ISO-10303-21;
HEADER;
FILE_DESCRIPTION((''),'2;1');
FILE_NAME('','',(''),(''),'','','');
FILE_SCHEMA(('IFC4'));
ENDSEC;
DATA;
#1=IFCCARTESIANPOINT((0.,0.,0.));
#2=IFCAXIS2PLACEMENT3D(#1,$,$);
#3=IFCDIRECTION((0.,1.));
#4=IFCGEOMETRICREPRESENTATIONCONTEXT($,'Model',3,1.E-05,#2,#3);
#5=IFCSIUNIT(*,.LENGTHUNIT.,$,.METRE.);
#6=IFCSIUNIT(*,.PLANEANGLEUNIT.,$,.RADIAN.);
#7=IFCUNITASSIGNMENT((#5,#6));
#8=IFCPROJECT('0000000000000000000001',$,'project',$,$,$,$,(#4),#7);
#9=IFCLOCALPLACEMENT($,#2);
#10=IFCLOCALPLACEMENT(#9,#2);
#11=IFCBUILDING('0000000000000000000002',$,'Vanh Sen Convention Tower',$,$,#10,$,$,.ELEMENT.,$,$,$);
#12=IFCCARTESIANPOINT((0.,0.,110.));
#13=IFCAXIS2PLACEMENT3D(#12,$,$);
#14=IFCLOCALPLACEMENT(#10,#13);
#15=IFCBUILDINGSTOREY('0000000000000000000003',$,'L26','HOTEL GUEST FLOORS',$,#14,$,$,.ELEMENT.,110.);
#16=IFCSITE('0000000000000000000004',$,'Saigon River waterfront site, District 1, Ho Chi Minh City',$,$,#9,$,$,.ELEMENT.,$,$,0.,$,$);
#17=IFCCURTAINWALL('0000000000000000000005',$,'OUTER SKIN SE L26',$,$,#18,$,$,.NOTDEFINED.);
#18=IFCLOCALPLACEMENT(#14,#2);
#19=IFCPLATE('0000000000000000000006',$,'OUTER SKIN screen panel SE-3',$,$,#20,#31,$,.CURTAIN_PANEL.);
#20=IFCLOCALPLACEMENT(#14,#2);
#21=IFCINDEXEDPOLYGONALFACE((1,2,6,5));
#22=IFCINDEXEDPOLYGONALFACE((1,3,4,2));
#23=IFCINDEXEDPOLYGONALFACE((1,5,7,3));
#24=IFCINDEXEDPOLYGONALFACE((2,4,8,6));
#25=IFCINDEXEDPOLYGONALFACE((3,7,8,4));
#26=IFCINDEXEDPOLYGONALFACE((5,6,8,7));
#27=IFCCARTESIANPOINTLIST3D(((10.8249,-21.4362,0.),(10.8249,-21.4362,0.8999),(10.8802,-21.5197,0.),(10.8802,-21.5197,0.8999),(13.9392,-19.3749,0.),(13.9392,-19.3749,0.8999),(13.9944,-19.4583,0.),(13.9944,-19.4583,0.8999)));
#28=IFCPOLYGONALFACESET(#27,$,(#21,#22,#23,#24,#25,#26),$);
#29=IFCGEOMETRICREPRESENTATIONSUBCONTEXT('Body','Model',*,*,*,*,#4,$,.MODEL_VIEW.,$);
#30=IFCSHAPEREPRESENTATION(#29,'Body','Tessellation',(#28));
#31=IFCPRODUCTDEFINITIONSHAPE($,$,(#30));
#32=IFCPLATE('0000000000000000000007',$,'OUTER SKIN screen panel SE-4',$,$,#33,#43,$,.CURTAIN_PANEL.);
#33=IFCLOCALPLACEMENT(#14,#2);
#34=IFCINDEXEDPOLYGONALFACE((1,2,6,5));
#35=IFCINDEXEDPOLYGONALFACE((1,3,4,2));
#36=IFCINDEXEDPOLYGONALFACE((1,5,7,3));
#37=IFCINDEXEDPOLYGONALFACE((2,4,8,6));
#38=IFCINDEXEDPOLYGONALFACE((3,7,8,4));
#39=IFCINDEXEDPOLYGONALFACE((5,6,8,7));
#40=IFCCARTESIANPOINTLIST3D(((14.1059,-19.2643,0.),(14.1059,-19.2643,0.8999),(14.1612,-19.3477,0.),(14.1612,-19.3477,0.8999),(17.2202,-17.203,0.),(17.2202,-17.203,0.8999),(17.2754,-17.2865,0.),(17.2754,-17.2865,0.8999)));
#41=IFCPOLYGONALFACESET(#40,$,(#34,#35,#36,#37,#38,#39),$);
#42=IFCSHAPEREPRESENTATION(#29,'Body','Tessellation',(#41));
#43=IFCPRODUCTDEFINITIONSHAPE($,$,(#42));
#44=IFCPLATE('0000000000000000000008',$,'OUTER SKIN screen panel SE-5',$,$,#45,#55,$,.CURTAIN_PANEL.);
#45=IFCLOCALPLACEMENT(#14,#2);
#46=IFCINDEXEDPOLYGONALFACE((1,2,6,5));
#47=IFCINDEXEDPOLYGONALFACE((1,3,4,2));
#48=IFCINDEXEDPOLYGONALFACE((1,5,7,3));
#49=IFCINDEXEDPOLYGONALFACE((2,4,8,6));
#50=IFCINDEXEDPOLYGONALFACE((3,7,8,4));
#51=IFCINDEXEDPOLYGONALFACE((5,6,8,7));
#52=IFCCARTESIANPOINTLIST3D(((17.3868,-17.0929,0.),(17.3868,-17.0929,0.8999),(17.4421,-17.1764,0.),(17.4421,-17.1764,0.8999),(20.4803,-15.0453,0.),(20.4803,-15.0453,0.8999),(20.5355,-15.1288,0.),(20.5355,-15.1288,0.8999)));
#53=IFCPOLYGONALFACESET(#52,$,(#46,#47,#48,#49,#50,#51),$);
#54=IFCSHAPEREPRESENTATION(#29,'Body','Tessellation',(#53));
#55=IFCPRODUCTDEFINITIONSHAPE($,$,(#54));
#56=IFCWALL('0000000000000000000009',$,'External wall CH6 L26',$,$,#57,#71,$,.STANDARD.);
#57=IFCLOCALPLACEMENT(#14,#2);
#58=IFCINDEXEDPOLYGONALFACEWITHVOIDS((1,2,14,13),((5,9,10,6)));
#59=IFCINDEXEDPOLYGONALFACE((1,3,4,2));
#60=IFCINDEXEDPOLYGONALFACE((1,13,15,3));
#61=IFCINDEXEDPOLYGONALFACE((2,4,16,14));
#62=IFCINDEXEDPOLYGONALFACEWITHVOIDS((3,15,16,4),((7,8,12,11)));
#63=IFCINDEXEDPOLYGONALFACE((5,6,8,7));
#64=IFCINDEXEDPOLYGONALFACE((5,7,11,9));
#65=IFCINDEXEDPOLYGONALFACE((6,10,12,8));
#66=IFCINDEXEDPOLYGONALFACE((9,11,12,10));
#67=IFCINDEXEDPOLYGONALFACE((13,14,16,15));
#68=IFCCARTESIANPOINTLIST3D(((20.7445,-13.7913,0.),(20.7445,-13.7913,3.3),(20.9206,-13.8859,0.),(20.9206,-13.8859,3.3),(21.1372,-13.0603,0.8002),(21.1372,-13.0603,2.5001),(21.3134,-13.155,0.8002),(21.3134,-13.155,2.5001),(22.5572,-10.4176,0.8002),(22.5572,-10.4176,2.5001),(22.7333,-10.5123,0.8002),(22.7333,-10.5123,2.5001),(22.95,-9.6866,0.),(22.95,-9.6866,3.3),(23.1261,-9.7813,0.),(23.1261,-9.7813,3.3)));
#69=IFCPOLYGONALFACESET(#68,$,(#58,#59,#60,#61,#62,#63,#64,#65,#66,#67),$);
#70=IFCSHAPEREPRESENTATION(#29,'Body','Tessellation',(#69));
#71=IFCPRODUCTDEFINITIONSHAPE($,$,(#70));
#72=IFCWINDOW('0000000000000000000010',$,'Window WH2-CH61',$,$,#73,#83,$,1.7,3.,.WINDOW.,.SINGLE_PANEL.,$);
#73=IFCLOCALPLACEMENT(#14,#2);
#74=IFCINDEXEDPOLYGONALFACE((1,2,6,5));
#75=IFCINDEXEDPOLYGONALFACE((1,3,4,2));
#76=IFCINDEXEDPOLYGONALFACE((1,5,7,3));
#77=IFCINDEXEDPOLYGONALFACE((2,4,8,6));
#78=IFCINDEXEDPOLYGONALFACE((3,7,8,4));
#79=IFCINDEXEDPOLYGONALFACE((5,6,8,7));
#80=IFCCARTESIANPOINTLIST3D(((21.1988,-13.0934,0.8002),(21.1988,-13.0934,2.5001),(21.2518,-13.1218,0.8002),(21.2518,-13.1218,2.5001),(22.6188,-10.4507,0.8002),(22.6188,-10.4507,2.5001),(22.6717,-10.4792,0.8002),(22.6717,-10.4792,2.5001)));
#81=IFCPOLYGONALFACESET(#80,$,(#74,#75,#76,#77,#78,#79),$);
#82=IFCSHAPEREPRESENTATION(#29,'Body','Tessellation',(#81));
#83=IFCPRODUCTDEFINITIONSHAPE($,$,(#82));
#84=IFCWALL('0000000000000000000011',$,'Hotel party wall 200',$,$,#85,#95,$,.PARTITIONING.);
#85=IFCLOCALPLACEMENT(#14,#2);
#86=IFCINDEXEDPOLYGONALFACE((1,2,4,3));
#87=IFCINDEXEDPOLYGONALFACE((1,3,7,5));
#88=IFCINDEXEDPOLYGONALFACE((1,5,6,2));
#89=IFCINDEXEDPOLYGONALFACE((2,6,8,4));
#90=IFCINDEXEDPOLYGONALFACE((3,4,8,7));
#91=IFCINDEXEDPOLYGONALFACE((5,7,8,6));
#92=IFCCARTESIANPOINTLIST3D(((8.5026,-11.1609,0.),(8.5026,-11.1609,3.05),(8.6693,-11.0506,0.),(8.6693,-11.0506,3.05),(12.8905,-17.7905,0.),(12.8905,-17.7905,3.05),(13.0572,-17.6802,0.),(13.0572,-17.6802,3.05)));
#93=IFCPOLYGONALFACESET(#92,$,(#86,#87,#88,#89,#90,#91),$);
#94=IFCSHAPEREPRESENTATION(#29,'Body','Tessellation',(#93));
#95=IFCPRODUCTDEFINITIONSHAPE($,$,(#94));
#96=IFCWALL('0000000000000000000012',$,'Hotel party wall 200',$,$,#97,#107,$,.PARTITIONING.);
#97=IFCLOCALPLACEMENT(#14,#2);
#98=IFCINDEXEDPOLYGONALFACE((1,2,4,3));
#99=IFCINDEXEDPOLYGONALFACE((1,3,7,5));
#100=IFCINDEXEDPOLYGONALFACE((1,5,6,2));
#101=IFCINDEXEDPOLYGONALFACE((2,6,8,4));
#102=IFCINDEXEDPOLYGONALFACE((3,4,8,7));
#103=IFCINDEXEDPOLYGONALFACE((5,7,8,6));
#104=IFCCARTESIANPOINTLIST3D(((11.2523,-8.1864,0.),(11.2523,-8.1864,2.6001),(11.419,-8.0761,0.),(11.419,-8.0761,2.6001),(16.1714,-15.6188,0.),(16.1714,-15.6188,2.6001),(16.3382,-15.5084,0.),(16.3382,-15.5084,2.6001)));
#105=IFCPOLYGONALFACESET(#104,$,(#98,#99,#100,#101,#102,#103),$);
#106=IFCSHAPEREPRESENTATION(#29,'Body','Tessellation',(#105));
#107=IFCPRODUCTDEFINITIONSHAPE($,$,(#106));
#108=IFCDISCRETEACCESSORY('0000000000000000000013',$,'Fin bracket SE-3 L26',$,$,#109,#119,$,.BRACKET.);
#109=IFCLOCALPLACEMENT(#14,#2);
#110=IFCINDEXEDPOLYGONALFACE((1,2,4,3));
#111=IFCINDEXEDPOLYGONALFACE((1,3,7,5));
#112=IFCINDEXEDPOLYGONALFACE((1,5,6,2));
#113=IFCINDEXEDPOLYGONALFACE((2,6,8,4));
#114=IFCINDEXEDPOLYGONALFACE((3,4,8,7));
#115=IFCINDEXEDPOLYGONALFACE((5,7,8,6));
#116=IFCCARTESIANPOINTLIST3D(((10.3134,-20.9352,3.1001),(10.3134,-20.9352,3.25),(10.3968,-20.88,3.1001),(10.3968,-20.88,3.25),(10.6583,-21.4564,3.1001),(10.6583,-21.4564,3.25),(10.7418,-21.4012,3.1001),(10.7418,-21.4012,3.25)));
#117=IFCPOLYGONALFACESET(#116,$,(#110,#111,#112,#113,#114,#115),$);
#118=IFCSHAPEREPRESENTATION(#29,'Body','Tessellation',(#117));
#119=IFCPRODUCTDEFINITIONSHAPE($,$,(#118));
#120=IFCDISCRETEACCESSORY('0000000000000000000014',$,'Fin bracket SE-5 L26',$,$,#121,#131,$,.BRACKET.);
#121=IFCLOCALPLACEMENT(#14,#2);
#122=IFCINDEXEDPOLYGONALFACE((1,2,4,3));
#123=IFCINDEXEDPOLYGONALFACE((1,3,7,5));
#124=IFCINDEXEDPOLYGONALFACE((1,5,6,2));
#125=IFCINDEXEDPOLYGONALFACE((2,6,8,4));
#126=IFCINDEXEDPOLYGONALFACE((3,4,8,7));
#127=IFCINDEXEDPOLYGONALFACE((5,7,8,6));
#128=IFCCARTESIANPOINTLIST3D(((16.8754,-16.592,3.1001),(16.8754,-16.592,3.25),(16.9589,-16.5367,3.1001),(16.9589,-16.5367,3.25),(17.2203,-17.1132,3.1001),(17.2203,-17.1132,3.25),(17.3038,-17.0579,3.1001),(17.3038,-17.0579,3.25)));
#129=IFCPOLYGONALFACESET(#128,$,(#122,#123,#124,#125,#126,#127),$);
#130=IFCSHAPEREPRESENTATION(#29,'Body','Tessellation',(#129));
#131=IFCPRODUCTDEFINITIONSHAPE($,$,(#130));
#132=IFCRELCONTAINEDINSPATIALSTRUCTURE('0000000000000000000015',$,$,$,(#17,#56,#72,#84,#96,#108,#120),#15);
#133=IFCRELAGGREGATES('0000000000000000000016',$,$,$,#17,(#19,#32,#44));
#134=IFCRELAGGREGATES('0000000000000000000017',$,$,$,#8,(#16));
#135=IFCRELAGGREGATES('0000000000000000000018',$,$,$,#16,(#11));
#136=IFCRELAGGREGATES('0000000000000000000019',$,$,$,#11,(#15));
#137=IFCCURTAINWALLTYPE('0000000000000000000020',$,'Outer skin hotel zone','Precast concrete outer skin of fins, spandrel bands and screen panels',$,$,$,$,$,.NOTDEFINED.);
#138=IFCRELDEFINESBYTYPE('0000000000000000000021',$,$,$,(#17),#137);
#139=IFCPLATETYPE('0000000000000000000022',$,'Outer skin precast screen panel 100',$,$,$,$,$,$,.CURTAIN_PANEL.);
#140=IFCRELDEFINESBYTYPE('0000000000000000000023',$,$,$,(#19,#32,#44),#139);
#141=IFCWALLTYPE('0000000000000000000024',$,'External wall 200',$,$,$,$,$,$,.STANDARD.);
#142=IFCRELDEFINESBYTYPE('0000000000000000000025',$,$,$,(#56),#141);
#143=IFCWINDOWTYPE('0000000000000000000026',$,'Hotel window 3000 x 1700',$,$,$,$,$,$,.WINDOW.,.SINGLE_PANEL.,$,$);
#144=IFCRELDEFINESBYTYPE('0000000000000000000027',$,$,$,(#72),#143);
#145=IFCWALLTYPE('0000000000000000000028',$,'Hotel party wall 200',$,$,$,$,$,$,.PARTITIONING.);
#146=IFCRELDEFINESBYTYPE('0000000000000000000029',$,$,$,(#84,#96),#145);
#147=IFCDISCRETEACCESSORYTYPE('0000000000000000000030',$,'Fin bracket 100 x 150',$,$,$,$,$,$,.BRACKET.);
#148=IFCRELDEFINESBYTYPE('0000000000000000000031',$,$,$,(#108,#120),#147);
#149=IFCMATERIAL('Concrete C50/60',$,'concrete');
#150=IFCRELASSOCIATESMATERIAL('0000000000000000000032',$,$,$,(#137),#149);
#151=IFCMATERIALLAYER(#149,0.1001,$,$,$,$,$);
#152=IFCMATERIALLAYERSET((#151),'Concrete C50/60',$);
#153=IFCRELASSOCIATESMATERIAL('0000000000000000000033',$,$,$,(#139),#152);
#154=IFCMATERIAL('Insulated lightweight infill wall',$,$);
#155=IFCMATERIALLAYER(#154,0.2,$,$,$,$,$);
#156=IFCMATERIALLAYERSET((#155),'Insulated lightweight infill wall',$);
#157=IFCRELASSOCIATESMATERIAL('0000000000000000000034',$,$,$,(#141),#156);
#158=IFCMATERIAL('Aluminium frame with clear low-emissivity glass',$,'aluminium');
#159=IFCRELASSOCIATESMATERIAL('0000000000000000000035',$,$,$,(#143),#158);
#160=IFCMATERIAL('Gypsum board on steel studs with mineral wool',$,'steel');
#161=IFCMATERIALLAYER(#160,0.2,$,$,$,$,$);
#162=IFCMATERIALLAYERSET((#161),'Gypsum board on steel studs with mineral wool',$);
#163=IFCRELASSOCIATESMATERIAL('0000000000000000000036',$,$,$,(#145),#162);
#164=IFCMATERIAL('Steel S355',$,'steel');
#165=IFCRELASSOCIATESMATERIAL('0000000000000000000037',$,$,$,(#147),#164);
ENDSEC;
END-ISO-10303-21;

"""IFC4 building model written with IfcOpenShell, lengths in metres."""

from ifc_helpers import new_model, si_unit, direction, frame, frame_2d, origin, origin_2d, place, context, subcontext, project, spatial, rectangle, extrude, material, layer, layer_set, type_object, element, fill, aggregate, save


model = new_model("IFC4")

# Units and contexts
model_context = context("Model", 3, precision=1e-05, world=origin(), true_north=direction((0.0, 1.0)))
body_context = subcontext(model_context, "Body", "Model", "MODEL_VIEW")
ifc_project = project(units=[si_unit("LENGTHUNIT", "METRE"), si_unit("PLANEANGLEUNIT", "RADIAN")], contexts=[model_context])

# Site, building, storey
site_placement = place(None, origin())
site = spatial("IfcSite", under=ifc_project, at=site_placement, Name="Saigon River waterfront site, District 1, Ho Chi Minh City", CompositionType="ELEMENT", RefElevation=0.0)
building_placement = place(site_placement, origin())
building = spatial("IfcBuilding", under=site, at=building_placement, Name="Vanh Sen Convention Tower", CompositionType="ELEMENT")
storey_placement = place(building_placement, frame((0.0, 0.0, 110.0)))
storey = spatial("IfcBuildingStorey", under=building, at=storey_placement, Name="L26", Description="HOTEL GUEST FLOORS", CompositionType="ELEMENT", Elevation=110.0)

# Curtain wall
ifc_material_1 = material(Name="Concrete C50/60", Category="concrete")
curtain_wall_type = type_object("IfcCurtainWallType", Name="Outer skin hotel zone", Description="Precast concrete outer skin of fins, spandrel bands and screen panels", PredefinedType="NOTDEFINED", material=ifc_material_1)
curtain_wall_1_placement = place(storey_placement, origin())
curtain_wall_1 = element("IfcCurtainWall", 1, at=curtain_wall_1_placement, inside=storey, type_object=curtain_wall_type, Name="OUTER SKIN SE L26", PredefinedType="NOTDEFINED")

# Plates
ifc_layer_1 = layer(ifc_material_1, 0.1001)
ifc_layer_set_1 = layer_set([ifc_layer_1], Name="Concrete C50/60")
plate_type = type_object("IfcPlateType", Name="Outer skin precast screen panel 100", PredefinedType="CURTAIN_PANEL", material=ifc_layer_set_1)
plate_1_placement = place(storey_placement, frame((12.4097, -20.4473, 0.0), z_axis=(0.0, 0.0, 1.0), x_axis=(0.83388, 0.551946, 0.0)))
plate_1 = element("IfcPlate", 2, at=plate_1_placement, type_object=plate_type, Name="OUTER SKIN screen panel SE-3", PredefinedType="CURTAIN_PANEL", context=body_context, shape_type="SweptSolid", body=[
    extrude(rectangle(XDim=3.7346, YDim=0.1001, at=origin_2d()), origin(), (0.0, 0.0, 1.0), 0.8999),
])
plate_2_placement = place(storey_placement, frame((15.6907, -18.2754, 0.0), z_axis=(0.0, 0.0, 1.0), x_axis=(0.833892, 0.551928, 0.0)))
plate_2 = element("IfcPlate", 3, at=plate_2_placement, type_object=plate_type, Name="OUTER SKIN screen panel SE-4", PredefinedType="CURTAIN_PANEL", context=body_context, shape_type="SweptSolid", body=[
    extrude(rectangle(XDim=3.7346, YDim=0.1001, at=origin_2d()), origin(), (0.0, 0.0, 1.0), 0.8999),
])
plate_3_placement = place(storey_placement, frame((18.9612, -16.1108, 0.0), z_axis=(0.0, 0.0, 1.0), x_axis=(0.83388, 0.551946, 0.0)))
plate_3 = element("IfcPlate", 4, at=plate_3_placement, type_object=plate_type, Name="OUTER SKIN screen panel SE-5", PredefinedType="CURTAIN_PANEL", context=body_context, shape_type="SweptSolid", body=[
    extrude(rectangle(XDim=3.7097, YDim=0.1001, at=origin_2d()), origin(), (0.0, 0.0, 1.0), 0.8999),
])
aggregate(curtain_wall_1, [plate_1, plate_2, plate_3])

# Wall, opening, window
ifc_material_2 = material(Name="Insulated lightweight infill wall")
ifc_layer_2 = layer(ifc_material_2, 0.2)
ifc_layer_set_2 = layer_set([ifc_layer_2], Name="Insulated lightweight infill wall")
wall_type_1 = type_object("IfcWallType", Name="External wall 200", PredefinedType="STANDARD", material=ifc_layer_set_2)
wall_1_placement = place(storey_placement, frame((20.8325, -13.8386, 0.0), z_axis=(0.0, 0.0, 1.0), x_axis=(0.473322, 0.88089, 0.0)))
wall_1 = element("IfcWall", 5, at=wall_1_placement, inside=storey, type_object=wall_type_1, Name="External wall CH6 L26", PredefinedType="STANDARD", context=body_context, shape_type="SweptSolid", body=[
    extrude(rectangle(XDim=4.6597, YDim=0.2, at=frame_2d((2.3298, 0.0))), origin(), (0.0, 0.0, 1.0), 3.3),
])
opening_placement = place(wall_1_placement, frame((0.8298, 0.0, 0.8)))
opening = element("IfcOpeningElement", 6, at=opening_placement, cuts=wall_1, PredefinedType="OPENING", context=body_context, shape_type="SweptSolid", body=[
    extrude(rectangle(XDim=3.0, YDim=1.7, at=frame_2d((1.5, 0.8501))), frame((0.0, 0.1099, 0.0), z_axis=(0.0, -1.0, 0.0), x_axis=(1.0, 0.0, 0.0)), (0.0, 0.0, 1.0), 0.22),
])
ifc_material_3 = material(Name="Aluminium frame with clear low-emissivity glass", Category="aluminium")
window_type = type_object("IfcWindowType", Name="Hotel window 3000 x 1700", PartitioningType="SINGLE_PANEL", PredefinedType="WINDOW", material=ifc_material_3)
window_placement = place(opening_placement, origin())
window = element("IfcWindow", 7, at=window_placement, inside=storey, type_object=window_type, Name="Window WH2-CH61", OverallHeight=1.7, OverallWidth=3.0, PartitioningType="SINGLE_PANEL", PredefinedType="WINDOW", context=body_context, shape_type="SweptSolid", body=[
    extrude(rectangle(XDim=3.0, YDim=1.7, at=frame_2d((1.5, 0.8501))), frame((0.0, 0.03, 0.0), z_axis=(0.0, -1.0, 0.0), x_axis=(1.0, 0.0, 0.0)), (0.0, 0.0, 1.0), 0.0601),
])
fill(opening, window)

# Walls
ifc_material_4 = material(Name="Gypsum board on steel studs with mineral wool", Category="steel")
ifc_layer_3 = layer(ifc_material_4, 0.2)
ifc_layer_set_3 = layer_set([ifc_layer_3], Name="Gypsum board on steel studs with mineral wool")
wall_type_2 = type_object("IfcWallType", Name="Hotel party wall 200", PredefinedType="PARTITIONING", material=ifc_layer_set_3)
wall_2_placement = place(storey_placement, frame((12.9739, -17.7354, 0.0), z_axis=(0.0, 0.0, 1.0), x_axis=(-0.551926, 0.833893, 0.0)))
element("IfcWall", 8, at=wall_2_placement, inside=storey, type_object=wall_type_2, Name="Hotel party wall 200", PredefinedType="PARTITIONING", context=body_context, shape_type="SweptSolid", body=[
    extrude(rectangle(XDim=7.9502, YDim=0.2, at=frame_2d((3.9751, 0.0))), origin(), (0.0, 0.0, 1.0), 3.05),
])
wall_3_placement = place(storey_placement, frame((16.2549, -15.5637, 0.0), z_axis=(0.0, 0.0, 1.0), x_axis=(-0.551922, 0.833896, 0.0)))
element("IfcWall", 9, at=wall_3_placement, inside=storey, type_object=wall_type_2, Name="Hotel party wall 200", PredefinedType="PARTITIONING", context=body_context, shape_type="SweptSolid", body=[
    extrude(rectangle(XDim=8.9128, YDim=0.2, at=frame_2d((4.4565, 0.0))), origin(), (0.0, 0.0, 1.0), 2.6001),
])

# Discrete accessories
ifc_material_5 = material(Name="Steel S355", Category="steel")
discrete_accessory_type = type_object("IfcDiscreteAccessoryType", Name="Fin bracket 100 x 150", PredefinedType="BRACKET", material=ifc_material_5)
for number, where, z_axis, x_axis, name in (
    (10, (10.5276, -21.1682, 3.1001), (0.0, 0.0, 1.0), (0.551937, -0.833886, 0.0), "Fin bracket SE-3 L26"),
    (11, (17.0896, -16.825, 3.1001), (0.0, 0.0, 1.0), (0.551937, -0.833886, 0.0), "Fin bracket SE-5 L26"),
):
    element("IfcDiscreteAccessory", number, at=place(storey_placement, frame(where, z_axis=z_axis, x_axis=x_axis)), inside=storey, type_object=discrete_accessory_type, Name=name, PredefinedType="BRACKET", context=body_context, shape_type="SweptSolid", body=[
        extrude(rectangle(XDim=0.625, YDim=0.1001, at=origin_2d()), origin(), (0.0, 0.0, 1.0), 0.1499),
    ])

save(model, "model.ifc")
